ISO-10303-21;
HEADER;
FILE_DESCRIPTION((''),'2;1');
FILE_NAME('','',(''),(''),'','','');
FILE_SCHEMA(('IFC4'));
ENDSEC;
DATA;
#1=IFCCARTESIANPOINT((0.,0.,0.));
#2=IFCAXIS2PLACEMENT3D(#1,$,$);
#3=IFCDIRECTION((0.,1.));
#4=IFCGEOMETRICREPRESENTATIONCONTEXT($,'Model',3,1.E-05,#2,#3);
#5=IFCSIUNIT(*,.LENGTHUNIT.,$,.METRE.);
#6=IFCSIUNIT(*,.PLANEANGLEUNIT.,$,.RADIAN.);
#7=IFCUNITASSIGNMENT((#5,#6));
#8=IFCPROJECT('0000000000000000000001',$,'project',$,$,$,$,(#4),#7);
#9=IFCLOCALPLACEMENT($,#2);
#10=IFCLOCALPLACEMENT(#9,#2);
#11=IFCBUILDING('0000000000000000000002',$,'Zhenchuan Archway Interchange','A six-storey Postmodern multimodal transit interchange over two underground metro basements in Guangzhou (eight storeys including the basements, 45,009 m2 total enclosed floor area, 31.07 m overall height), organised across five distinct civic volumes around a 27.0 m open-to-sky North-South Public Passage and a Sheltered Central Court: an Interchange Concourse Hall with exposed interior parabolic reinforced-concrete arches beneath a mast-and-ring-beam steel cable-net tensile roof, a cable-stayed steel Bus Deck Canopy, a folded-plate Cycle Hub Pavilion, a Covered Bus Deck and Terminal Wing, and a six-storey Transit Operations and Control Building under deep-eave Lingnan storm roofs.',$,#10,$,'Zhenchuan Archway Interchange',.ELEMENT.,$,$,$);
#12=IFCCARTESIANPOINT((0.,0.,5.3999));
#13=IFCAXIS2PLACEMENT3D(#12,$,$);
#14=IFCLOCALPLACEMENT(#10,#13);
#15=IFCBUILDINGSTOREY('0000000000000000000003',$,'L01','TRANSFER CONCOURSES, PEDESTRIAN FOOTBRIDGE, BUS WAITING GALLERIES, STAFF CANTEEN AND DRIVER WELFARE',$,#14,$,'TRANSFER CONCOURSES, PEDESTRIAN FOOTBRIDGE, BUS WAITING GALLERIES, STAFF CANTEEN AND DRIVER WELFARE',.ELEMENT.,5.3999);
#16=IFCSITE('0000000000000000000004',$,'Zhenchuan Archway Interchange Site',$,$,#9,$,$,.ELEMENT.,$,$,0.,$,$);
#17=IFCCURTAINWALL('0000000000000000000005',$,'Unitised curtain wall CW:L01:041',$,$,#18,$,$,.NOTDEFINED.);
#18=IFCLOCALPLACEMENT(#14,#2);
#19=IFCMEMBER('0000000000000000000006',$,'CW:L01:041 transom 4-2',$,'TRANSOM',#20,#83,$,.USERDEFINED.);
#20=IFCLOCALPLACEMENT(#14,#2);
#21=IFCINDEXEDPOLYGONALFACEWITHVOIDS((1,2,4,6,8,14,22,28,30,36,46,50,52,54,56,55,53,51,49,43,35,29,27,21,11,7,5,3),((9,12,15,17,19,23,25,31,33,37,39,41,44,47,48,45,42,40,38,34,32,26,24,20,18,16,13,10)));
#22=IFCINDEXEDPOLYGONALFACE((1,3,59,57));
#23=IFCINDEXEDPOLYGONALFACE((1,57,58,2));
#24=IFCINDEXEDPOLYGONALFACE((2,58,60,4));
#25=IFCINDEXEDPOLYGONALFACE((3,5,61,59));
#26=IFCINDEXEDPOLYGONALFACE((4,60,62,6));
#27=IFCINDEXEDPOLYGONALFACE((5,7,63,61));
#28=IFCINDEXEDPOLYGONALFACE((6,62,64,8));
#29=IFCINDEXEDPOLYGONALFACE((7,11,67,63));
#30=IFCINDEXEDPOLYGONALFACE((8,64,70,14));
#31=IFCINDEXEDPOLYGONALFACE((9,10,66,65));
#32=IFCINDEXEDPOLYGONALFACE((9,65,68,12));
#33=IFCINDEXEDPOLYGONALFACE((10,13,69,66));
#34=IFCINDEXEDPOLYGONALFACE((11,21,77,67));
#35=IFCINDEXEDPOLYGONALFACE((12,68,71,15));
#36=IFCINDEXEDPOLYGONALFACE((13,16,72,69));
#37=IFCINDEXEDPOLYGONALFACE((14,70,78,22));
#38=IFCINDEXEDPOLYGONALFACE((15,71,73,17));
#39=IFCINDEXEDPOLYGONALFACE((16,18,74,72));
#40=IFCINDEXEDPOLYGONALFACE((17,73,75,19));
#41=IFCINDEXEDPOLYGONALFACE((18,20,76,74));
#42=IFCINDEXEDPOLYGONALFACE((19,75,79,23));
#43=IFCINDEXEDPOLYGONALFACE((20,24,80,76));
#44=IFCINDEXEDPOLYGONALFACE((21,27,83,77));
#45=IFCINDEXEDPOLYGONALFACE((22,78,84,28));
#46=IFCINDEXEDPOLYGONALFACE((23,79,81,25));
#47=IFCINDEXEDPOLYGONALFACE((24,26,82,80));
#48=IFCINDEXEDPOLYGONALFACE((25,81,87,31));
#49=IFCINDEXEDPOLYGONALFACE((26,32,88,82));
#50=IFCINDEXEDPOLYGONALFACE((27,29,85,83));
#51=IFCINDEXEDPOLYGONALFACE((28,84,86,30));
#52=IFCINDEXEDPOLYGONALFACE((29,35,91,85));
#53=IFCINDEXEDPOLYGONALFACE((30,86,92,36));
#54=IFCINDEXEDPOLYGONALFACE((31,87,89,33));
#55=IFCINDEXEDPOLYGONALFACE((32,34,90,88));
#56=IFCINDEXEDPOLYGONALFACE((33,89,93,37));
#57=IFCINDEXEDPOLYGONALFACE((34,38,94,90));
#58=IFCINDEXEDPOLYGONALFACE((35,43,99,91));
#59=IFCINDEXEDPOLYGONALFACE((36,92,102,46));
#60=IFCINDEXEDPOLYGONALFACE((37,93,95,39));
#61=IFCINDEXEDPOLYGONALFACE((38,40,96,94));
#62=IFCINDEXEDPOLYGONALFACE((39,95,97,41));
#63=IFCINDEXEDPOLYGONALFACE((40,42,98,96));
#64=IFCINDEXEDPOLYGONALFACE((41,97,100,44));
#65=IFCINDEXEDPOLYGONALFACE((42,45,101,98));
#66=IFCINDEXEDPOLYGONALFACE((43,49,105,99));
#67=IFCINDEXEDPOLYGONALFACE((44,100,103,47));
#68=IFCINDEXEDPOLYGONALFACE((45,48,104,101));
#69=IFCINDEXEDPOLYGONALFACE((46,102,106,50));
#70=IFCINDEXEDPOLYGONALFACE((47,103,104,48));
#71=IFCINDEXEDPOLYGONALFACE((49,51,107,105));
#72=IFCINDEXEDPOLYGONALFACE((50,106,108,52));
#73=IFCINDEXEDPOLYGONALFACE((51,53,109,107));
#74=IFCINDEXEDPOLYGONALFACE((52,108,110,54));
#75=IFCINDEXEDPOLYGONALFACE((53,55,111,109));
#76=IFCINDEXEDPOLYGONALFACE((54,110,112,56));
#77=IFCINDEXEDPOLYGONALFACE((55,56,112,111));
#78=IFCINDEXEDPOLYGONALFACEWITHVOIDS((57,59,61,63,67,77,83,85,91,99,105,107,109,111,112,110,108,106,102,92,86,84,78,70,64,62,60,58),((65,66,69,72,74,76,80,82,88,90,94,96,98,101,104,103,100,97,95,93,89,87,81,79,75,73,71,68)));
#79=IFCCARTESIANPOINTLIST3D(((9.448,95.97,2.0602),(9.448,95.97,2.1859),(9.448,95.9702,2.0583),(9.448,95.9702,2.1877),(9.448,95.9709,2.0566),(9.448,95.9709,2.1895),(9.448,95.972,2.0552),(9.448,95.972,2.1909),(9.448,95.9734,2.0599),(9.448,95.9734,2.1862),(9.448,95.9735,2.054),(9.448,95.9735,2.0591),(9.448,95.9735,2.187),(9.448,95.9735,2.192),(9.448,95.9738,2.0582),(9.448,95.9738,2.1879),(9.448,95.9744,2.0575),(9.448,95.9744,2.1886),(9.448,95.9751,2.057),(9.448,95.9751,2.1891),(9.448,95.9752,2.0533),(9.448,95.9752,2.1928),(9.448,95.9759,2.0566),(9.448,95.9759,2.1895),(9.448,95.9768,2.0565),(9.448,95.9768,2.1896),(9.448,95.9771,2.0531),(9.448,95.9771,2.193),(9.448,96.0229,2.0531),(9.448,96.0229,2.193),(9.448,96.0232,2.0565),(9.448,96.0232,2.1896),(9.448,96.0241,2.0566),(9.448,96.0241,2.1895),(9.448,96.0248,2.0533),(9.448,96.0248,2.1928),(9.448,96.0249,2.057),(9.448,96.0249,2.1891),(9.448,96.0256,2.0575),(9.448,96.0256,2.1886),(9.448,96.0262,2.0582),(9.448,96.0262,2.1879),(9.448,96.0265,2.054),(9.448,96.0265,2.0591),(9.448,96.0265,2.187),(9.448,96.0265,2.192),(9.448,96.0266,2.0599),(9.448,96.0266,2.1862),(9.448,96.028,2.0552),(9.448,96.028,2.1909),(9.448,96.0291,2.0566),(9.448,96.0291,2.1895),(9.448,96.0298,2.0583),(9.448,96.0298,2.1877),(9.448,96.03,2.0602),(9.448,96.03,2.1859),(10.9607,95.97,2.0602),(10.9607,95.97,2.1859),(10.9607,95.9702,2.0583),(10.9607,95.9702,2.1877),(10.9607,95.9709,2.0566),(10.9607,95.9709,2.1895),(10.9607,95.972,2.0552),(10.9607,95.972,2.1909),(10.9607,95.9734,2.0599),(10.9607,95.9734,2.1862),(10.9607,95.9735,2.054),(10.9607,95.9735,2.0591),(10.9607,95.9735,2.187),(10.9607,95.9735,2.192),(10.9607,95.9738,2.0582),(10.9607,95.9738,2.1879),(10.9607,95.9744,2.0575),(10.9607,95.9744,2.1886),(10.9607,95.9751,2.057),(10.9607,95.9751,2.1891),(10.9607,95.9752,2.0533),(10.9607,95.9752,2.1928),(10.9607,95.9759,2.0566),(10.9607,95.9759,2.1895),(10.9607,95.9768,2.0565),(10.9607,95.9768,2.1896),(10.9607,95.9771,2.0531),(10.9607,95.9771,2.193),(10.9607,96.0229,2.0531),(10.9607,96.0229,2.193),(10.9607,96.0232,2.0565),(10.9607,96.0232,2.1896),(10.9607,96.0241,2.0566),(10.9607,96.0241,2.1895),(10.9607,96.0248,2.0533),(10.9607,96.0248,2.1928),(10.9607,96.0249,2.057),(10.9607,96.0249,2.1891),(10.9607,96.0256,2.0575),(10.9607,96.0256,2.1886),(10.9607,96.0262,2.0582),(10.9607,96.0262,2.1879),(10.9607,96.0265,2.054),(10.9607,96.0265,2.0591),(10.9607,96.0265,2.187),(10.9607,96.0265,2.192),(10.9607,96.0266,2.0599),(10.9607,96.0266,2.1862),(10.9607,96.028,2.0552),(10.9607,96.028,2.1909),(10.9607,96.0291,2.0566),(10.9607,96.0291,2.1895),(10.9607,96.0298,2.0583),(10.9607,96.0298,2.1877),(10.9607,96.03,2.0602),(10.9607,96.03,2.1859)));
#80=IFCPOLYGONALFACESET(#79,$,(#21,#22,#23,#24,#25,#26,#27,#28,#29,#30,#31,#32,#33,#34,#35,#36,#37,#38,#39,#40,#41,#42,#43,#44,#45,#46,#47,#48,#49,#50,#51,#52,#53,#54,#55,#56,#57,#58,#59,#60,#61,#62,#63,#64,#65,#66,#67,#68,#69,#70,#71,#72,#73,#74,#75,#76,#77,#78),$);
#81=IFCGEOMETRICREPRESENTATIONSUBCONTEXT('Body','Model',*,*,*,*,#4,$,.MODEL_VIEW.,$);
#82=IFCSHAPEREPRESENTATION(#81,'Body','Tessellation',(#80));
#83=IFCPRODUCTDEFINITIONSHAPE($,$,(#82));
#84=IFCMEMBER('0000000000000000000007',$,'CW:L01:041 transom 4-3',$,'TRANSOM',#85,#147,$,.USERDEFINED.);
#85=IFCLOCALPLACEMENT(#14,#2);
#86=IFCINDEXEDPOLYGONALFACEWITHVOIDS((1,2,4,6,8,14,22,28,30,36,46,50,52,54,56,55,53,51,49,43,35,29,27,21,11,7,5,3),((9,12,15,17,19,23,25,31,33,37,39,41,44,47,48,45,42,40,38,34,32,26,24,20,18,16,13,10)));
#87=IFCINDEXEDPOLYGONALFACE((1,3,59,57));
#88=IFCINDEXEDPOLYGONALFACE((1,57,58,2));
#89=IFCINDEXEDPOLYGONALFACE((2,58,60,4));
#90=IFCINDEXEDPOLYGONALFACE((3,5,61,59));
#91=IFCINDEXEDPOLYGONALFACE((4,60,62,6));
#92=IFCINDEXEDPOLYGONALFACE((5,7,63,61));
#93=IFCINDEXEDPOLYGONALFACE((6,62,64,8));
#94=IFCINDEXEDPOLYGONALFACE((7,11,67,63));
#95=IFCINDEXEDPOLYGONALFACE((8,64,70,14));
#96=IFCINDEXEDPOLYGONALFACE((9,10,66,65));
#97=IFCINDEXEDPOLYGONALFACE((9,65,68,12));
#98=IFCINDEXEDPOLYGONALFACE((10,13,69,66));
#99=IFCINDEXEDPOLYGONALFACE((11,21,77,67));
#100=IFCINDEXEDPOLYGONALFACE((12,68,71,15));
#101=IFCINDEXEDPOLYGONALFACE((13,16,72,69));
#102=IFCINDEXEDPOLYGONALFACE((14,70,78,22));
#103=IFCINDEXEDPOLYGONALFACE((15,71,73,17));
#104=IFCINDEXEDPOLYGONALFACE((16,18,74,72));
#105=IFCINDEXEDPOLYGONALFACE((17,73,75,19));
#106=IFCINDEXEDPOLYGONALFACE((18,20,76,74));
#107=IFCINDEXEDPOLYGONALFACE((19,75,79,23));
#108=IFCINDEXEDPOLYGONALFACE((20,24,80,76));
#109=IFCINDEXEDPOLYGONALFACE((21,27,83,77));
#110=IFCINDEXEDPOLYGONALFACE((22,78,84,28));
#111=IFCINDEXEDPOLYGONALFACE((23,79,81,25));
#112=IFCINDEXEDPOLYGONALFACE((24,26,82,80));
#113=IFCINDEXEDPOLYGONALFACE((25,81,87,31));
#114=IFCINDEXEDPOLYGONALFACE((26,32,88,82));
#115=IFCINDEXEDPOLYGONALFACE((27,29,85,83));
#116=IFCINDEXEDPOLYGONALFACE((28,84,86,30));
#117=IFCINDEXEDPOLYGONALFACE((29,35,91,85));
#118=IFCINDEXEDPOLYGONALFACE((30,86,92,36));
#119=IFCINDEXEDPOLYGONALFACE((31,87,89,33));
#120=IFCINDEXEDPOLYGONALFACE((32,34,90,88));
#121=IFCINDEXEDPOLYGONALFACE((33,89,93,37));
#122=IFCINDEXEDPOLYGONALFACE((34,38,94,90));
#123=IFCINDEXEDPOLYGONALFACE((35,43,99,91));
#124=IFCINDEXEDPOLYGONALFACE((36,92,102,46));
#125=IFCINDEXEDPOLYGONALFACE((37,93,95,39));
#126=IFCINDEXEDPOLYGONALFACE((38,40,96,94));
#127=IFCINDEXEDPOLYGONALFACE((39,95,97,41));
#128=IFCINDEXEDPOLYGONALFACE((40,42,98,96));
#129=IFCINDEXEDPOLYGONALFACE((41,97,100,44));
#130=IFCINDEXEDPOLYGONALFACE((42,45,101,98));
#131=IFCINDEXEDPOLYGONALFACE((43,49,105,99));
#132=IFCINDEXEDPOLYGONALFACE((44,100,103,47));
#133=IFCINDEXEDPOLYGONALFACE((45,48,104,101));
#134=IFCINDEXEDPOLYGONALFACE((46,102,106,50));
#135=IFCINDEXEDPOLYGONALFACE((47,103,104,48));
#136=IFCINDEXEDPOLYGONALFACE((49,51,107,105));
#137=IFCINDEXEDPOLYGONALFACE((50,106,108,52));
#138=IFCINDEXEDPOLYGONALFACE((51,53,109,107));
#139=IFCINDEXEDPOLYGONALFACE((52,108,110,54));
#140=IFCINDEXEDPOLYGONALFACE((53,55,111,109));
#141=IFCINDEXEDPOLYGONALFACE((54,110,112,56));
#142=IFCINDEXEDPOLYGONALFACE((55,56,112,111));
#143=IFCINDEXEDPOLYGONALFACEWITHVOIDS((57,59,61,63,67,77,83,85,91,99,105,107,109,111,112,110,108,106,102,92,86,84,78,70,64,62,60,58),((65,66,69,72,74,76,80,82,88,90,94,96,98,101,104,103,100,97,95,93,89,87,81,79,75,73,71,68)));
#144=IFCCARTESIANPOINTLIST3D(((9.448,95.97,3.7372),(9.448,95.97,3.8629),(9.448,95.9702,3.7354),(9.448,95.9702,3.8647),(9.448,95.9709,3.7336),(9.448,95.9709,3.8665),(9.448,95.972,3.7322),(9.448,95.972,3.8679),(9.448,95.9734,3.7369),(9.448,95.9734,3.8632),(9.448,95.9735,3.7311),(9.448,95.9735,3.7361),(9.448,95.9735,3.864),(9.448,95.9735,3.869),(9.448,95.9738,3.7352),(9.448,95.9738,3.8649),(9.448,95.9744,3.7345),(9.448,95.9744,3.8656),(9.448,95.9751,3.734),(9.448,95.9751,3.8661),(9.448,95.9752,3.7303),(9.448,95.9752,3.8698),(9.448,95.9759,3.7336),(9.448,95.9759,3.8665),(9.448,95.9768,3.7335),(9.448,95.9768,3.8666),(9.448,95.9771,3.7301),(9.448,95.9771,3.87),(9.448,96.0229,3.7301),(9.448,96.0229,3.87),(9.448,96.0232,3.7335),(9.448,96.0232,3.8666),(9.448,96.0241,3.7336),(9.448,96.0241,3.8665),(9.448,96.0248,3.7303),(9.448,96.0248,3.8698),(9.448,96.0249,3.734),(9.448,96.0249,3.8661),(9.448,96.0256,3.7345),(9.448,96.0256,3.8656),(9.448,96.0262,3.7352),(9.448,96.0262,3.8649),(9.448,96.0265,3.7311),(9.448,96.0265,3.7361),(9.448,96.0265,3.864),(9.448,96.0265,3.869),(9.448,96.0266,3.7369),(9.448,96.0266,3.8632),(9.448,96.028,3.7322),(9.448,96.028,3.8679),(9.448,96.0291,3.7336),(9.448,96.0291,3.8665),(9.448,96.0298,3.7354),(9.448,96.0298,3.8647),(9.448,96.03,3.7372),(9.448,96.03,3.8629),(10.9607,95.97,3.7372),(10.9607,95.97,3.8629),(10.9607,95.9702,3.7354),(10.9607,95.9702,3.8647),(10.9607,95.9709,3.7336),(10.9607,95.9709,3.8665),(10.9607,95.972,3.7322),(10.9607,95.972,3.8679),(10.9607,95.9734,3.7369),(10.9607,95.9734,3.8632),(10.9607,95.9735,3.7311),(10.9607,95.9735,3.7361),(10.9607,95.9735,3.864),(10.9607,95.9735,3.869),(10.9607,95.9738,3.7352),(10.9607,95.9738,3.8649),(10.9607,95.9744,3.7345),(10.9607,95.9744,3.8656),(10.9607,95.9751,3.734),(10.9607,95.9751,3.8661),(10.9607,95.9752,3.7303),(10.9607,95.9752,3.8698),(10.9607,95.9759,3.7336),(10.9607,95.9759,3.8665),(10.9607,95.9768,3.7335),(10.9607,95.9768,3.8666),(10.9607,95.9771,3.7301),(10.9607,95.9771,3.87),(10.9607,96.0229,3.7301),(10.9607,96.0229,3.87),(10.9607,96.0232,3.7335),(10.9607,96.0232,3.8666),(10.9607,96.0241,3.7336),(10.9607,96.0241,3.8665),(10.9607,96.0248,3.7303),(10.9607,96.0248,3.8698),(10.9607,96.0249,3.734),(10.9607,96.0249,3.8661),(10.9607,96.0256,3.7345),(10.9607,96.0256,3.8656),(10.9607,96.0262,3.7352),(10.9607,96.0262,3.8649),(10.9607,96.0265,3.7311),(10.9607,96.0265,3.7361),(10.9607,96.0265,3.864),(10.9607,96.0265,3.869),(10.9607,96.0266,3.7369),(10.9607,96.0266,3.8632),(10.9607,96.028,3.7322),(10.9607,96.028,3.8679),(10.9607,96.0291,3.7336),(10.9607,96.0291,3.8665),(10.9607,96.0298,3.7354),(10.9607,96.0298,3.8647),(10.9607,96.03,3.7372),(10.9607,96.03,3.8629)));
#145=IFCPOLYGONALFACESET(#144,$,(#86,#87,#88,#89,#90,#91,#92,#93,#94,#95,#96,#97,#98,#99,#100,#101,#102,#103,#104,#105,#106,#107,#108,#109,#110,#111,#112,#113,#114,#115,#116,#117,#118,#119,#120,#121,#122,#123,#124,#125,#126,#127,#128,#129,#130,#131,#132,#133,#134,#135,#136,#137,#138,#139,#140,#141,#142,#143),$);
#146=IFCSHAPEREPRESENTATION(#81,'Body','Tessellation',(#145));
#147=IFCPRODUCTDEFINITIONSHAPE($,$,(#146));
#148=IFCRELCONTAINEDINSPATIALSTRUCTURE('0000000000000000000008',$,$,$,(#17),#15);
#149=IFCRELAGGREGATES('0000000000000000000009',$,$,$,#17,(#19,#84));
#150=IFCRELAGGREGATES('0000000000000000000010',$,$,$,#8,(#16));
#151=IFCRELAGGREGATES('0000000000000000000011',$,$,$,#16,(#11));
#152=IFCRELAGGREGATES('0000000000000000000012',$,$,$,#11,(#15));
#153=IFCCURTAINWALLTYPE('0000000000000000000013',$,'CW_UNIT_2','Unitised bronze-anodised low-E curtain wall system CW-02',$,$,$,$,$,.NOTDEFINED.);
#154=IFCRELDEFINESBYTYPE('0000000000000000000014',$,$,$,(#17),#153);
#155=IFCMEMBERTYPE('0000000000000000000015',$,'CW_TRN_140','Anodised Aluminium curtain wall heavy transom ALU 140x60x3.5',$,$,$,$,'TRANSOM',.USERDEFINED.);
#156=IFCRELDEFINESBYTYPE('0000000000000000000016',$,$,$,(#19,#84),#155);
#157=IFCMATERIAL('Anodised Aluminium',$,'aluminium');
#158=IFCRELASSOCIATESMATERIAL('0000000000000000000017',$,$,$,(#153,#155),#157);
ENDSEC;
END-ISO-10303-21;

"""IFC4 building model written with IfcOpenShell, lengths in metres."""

from ifc_helpers import new_model, si_unit, direction, frame, origin, origin_2d, place, context, subcontext, project, spatial, hollow_rectangle, extrude, material, material_profile, profile_set, type_object, element, aggregate, save


model = new_model("IFC4")

# Units and contexts
model_context = context("Model", 3, precision=1e-05, world=origin(), true_north=direction((0.0, 1.0)))
body_context = subcontext(model_context, "Body", "Model", "MODEL_VIEW")
ifc_project = project(units=[si_unit("LENGTHUNIT", "METRE"), si_unit("PLANEANGLEUNIT", "RADIAN")], contexts=[model_context])

# Site, building, storey
site_placement = place(None, origin())
site = spatial("IfcSite", under=ifc_project, at=site_placement, Name="Zhenchuan Archway Interchange Site", CompositionType="ELEMENT", RefElevation=0.0)
building_placement = place(site_placement, origin())
building = spatial("IfcBuilding", under=site, at=building_placement, Name="Zhenchuan Archway Interchange", Description="A six-storey Postmodern multimodal transit interchange over two underground metro basements in Guangzhou (eight storeys including the basements, 45,009 m2 total enclosed floor area, 31.07 m overall height), organised across five distinct civic volumes around a 27.0 m open-to-sky North-South Public Passage and a Sheltered Central Court: an Interchange Concourse Hall with exposed interior parabolic reinforced-concrete arches beneath a mast-and-ring-beam steel cable-net tensile roof, a cable-stayed steel Bus Deck Canopy, a folded-plate Cycle Hub Pavilion, a Covered Bus Deck and Terminal Wing, and a six-storey Transit Operations and Control Building under deep-eave Lingnan storm roofs.", LongName="Zhenchuan Archway Interchange", CompositionType="ELEMENT")
storey_placement = place(building_placement, frame((0.0, 0.0, 5.3999)))
storey = spatial("IfcBuildingStorey", under=building, at=storey_placement, Name="L01", Description="TRANSFER CONCOURSES, PEDESTRIAN FOOTBRIDGE, BUS WAITING GALLERIES, STAFF CANTEEN AND DRIVER WELFARE", LongName="TRANSFER CONCOURSES, PEDESTRIAN FOOTBRIDGE, BUS WAITING GALLERIES, STAFF CANTEEN AND DRIVER WELFARE", CompositionType="ELEMENT", Elevation=5.3999)

# Shared definitions
ifc_material_1 = material(Name="Anodised Aluminium", Category="aluminium")

# Curtain wall
curtain_wall_type_1 = type_object("IfcCurtainWallType", Name="CW_UNIT_2", Description="Unitised bronze-anodised low-E curtain wall system CW-02", PredefinedType="NOTDEFINED", material=ifc_material_1)
curtain_wall_1_placement = place(storey_placement, origin())
curtain_wall_1 = element("IfcCurtainWall", 1, at=curtain_wall_1_placement, inside=storey, type_object=curtain_wall_type_1, Name="Unitised curtain wall CW:L01:041", PredefinedType="NOTDEFINED")

# Members
ifc_material_profile_1 = material_profile(ifc_material_1, hollow_rectangle(XDim=0.0601, YDim=0.1399, WallThickness=0.0034, InnerFilletRadius=0.0034, OuterFilletRadius=0.0071, at=origin_2d()), Name="ALU 140x60x3.5")
ifc_profile_set_1 = profile_set([ifc_material_profile_1], Name="Anodised Aluminium")
member_type_1 = type_object("IfcMemberType", Name="CW_TRN_140", Description="Anodised Aluminium curtain wall heavy transom ALU 140x60x3.5", ElementType="TRANSOM", PredefinedType="USERDEFINED", material=ifc_profile_set_1)
member_1_placement = place(storey_placement, frame((10.9607, 96.0, 2.123), z_axis=(-1.0, 0.0, 0.0), x_axis=(0.0, -1.0, 0.0)))
member_1 = element("IfcMember", 2, at=member_1_placement, type_object=member_type_1, Name="CW:L01:041 transom 4-2", ObjectType="TRANSOM", PredefinedType="USERDEFINED", context=body_context, shape_type="SweptSolid", body=[
    extrude(hollow_rectangle(XDim=0.0601, YDim=0.1399, WallThickness=0.0034, InnerFilletRadius=0.0034, OuterFilletRadius=0.0071, at=origin_2d()), origin(), (0.0, 0.0, 1.0), 1.5127),
])
member_2_placement = place(storey_placement, frame((10.9607, 96.0, 3.8), z_axis=(-1.0, 0.0, 0.0), x_axis=(0.0, -1.0, 0.0)))
member_2 = element("IfcMember", 3, at=member_2_placement, type_object=member_type_1, Name="CW:L01:041 transom 4-3", ObjectType="TRANSOM", PredefinedType="USERDEFINED", context=body_context, shape_type="SweptSolid", body=[
    extrude(hollow_rectangle(XDim=0.0601, YDim=0.1399, WallThickness=0.0034, InnerFilletRadius=0.0034, OuterFilletRadius=0.0071, at=origin_2d()), origin(), (0.0, 0.0, 1.0), 1.5127),
])

aggregate(curtain_wall_1, [member_1, member_2])

save(model, "model.ifc")
